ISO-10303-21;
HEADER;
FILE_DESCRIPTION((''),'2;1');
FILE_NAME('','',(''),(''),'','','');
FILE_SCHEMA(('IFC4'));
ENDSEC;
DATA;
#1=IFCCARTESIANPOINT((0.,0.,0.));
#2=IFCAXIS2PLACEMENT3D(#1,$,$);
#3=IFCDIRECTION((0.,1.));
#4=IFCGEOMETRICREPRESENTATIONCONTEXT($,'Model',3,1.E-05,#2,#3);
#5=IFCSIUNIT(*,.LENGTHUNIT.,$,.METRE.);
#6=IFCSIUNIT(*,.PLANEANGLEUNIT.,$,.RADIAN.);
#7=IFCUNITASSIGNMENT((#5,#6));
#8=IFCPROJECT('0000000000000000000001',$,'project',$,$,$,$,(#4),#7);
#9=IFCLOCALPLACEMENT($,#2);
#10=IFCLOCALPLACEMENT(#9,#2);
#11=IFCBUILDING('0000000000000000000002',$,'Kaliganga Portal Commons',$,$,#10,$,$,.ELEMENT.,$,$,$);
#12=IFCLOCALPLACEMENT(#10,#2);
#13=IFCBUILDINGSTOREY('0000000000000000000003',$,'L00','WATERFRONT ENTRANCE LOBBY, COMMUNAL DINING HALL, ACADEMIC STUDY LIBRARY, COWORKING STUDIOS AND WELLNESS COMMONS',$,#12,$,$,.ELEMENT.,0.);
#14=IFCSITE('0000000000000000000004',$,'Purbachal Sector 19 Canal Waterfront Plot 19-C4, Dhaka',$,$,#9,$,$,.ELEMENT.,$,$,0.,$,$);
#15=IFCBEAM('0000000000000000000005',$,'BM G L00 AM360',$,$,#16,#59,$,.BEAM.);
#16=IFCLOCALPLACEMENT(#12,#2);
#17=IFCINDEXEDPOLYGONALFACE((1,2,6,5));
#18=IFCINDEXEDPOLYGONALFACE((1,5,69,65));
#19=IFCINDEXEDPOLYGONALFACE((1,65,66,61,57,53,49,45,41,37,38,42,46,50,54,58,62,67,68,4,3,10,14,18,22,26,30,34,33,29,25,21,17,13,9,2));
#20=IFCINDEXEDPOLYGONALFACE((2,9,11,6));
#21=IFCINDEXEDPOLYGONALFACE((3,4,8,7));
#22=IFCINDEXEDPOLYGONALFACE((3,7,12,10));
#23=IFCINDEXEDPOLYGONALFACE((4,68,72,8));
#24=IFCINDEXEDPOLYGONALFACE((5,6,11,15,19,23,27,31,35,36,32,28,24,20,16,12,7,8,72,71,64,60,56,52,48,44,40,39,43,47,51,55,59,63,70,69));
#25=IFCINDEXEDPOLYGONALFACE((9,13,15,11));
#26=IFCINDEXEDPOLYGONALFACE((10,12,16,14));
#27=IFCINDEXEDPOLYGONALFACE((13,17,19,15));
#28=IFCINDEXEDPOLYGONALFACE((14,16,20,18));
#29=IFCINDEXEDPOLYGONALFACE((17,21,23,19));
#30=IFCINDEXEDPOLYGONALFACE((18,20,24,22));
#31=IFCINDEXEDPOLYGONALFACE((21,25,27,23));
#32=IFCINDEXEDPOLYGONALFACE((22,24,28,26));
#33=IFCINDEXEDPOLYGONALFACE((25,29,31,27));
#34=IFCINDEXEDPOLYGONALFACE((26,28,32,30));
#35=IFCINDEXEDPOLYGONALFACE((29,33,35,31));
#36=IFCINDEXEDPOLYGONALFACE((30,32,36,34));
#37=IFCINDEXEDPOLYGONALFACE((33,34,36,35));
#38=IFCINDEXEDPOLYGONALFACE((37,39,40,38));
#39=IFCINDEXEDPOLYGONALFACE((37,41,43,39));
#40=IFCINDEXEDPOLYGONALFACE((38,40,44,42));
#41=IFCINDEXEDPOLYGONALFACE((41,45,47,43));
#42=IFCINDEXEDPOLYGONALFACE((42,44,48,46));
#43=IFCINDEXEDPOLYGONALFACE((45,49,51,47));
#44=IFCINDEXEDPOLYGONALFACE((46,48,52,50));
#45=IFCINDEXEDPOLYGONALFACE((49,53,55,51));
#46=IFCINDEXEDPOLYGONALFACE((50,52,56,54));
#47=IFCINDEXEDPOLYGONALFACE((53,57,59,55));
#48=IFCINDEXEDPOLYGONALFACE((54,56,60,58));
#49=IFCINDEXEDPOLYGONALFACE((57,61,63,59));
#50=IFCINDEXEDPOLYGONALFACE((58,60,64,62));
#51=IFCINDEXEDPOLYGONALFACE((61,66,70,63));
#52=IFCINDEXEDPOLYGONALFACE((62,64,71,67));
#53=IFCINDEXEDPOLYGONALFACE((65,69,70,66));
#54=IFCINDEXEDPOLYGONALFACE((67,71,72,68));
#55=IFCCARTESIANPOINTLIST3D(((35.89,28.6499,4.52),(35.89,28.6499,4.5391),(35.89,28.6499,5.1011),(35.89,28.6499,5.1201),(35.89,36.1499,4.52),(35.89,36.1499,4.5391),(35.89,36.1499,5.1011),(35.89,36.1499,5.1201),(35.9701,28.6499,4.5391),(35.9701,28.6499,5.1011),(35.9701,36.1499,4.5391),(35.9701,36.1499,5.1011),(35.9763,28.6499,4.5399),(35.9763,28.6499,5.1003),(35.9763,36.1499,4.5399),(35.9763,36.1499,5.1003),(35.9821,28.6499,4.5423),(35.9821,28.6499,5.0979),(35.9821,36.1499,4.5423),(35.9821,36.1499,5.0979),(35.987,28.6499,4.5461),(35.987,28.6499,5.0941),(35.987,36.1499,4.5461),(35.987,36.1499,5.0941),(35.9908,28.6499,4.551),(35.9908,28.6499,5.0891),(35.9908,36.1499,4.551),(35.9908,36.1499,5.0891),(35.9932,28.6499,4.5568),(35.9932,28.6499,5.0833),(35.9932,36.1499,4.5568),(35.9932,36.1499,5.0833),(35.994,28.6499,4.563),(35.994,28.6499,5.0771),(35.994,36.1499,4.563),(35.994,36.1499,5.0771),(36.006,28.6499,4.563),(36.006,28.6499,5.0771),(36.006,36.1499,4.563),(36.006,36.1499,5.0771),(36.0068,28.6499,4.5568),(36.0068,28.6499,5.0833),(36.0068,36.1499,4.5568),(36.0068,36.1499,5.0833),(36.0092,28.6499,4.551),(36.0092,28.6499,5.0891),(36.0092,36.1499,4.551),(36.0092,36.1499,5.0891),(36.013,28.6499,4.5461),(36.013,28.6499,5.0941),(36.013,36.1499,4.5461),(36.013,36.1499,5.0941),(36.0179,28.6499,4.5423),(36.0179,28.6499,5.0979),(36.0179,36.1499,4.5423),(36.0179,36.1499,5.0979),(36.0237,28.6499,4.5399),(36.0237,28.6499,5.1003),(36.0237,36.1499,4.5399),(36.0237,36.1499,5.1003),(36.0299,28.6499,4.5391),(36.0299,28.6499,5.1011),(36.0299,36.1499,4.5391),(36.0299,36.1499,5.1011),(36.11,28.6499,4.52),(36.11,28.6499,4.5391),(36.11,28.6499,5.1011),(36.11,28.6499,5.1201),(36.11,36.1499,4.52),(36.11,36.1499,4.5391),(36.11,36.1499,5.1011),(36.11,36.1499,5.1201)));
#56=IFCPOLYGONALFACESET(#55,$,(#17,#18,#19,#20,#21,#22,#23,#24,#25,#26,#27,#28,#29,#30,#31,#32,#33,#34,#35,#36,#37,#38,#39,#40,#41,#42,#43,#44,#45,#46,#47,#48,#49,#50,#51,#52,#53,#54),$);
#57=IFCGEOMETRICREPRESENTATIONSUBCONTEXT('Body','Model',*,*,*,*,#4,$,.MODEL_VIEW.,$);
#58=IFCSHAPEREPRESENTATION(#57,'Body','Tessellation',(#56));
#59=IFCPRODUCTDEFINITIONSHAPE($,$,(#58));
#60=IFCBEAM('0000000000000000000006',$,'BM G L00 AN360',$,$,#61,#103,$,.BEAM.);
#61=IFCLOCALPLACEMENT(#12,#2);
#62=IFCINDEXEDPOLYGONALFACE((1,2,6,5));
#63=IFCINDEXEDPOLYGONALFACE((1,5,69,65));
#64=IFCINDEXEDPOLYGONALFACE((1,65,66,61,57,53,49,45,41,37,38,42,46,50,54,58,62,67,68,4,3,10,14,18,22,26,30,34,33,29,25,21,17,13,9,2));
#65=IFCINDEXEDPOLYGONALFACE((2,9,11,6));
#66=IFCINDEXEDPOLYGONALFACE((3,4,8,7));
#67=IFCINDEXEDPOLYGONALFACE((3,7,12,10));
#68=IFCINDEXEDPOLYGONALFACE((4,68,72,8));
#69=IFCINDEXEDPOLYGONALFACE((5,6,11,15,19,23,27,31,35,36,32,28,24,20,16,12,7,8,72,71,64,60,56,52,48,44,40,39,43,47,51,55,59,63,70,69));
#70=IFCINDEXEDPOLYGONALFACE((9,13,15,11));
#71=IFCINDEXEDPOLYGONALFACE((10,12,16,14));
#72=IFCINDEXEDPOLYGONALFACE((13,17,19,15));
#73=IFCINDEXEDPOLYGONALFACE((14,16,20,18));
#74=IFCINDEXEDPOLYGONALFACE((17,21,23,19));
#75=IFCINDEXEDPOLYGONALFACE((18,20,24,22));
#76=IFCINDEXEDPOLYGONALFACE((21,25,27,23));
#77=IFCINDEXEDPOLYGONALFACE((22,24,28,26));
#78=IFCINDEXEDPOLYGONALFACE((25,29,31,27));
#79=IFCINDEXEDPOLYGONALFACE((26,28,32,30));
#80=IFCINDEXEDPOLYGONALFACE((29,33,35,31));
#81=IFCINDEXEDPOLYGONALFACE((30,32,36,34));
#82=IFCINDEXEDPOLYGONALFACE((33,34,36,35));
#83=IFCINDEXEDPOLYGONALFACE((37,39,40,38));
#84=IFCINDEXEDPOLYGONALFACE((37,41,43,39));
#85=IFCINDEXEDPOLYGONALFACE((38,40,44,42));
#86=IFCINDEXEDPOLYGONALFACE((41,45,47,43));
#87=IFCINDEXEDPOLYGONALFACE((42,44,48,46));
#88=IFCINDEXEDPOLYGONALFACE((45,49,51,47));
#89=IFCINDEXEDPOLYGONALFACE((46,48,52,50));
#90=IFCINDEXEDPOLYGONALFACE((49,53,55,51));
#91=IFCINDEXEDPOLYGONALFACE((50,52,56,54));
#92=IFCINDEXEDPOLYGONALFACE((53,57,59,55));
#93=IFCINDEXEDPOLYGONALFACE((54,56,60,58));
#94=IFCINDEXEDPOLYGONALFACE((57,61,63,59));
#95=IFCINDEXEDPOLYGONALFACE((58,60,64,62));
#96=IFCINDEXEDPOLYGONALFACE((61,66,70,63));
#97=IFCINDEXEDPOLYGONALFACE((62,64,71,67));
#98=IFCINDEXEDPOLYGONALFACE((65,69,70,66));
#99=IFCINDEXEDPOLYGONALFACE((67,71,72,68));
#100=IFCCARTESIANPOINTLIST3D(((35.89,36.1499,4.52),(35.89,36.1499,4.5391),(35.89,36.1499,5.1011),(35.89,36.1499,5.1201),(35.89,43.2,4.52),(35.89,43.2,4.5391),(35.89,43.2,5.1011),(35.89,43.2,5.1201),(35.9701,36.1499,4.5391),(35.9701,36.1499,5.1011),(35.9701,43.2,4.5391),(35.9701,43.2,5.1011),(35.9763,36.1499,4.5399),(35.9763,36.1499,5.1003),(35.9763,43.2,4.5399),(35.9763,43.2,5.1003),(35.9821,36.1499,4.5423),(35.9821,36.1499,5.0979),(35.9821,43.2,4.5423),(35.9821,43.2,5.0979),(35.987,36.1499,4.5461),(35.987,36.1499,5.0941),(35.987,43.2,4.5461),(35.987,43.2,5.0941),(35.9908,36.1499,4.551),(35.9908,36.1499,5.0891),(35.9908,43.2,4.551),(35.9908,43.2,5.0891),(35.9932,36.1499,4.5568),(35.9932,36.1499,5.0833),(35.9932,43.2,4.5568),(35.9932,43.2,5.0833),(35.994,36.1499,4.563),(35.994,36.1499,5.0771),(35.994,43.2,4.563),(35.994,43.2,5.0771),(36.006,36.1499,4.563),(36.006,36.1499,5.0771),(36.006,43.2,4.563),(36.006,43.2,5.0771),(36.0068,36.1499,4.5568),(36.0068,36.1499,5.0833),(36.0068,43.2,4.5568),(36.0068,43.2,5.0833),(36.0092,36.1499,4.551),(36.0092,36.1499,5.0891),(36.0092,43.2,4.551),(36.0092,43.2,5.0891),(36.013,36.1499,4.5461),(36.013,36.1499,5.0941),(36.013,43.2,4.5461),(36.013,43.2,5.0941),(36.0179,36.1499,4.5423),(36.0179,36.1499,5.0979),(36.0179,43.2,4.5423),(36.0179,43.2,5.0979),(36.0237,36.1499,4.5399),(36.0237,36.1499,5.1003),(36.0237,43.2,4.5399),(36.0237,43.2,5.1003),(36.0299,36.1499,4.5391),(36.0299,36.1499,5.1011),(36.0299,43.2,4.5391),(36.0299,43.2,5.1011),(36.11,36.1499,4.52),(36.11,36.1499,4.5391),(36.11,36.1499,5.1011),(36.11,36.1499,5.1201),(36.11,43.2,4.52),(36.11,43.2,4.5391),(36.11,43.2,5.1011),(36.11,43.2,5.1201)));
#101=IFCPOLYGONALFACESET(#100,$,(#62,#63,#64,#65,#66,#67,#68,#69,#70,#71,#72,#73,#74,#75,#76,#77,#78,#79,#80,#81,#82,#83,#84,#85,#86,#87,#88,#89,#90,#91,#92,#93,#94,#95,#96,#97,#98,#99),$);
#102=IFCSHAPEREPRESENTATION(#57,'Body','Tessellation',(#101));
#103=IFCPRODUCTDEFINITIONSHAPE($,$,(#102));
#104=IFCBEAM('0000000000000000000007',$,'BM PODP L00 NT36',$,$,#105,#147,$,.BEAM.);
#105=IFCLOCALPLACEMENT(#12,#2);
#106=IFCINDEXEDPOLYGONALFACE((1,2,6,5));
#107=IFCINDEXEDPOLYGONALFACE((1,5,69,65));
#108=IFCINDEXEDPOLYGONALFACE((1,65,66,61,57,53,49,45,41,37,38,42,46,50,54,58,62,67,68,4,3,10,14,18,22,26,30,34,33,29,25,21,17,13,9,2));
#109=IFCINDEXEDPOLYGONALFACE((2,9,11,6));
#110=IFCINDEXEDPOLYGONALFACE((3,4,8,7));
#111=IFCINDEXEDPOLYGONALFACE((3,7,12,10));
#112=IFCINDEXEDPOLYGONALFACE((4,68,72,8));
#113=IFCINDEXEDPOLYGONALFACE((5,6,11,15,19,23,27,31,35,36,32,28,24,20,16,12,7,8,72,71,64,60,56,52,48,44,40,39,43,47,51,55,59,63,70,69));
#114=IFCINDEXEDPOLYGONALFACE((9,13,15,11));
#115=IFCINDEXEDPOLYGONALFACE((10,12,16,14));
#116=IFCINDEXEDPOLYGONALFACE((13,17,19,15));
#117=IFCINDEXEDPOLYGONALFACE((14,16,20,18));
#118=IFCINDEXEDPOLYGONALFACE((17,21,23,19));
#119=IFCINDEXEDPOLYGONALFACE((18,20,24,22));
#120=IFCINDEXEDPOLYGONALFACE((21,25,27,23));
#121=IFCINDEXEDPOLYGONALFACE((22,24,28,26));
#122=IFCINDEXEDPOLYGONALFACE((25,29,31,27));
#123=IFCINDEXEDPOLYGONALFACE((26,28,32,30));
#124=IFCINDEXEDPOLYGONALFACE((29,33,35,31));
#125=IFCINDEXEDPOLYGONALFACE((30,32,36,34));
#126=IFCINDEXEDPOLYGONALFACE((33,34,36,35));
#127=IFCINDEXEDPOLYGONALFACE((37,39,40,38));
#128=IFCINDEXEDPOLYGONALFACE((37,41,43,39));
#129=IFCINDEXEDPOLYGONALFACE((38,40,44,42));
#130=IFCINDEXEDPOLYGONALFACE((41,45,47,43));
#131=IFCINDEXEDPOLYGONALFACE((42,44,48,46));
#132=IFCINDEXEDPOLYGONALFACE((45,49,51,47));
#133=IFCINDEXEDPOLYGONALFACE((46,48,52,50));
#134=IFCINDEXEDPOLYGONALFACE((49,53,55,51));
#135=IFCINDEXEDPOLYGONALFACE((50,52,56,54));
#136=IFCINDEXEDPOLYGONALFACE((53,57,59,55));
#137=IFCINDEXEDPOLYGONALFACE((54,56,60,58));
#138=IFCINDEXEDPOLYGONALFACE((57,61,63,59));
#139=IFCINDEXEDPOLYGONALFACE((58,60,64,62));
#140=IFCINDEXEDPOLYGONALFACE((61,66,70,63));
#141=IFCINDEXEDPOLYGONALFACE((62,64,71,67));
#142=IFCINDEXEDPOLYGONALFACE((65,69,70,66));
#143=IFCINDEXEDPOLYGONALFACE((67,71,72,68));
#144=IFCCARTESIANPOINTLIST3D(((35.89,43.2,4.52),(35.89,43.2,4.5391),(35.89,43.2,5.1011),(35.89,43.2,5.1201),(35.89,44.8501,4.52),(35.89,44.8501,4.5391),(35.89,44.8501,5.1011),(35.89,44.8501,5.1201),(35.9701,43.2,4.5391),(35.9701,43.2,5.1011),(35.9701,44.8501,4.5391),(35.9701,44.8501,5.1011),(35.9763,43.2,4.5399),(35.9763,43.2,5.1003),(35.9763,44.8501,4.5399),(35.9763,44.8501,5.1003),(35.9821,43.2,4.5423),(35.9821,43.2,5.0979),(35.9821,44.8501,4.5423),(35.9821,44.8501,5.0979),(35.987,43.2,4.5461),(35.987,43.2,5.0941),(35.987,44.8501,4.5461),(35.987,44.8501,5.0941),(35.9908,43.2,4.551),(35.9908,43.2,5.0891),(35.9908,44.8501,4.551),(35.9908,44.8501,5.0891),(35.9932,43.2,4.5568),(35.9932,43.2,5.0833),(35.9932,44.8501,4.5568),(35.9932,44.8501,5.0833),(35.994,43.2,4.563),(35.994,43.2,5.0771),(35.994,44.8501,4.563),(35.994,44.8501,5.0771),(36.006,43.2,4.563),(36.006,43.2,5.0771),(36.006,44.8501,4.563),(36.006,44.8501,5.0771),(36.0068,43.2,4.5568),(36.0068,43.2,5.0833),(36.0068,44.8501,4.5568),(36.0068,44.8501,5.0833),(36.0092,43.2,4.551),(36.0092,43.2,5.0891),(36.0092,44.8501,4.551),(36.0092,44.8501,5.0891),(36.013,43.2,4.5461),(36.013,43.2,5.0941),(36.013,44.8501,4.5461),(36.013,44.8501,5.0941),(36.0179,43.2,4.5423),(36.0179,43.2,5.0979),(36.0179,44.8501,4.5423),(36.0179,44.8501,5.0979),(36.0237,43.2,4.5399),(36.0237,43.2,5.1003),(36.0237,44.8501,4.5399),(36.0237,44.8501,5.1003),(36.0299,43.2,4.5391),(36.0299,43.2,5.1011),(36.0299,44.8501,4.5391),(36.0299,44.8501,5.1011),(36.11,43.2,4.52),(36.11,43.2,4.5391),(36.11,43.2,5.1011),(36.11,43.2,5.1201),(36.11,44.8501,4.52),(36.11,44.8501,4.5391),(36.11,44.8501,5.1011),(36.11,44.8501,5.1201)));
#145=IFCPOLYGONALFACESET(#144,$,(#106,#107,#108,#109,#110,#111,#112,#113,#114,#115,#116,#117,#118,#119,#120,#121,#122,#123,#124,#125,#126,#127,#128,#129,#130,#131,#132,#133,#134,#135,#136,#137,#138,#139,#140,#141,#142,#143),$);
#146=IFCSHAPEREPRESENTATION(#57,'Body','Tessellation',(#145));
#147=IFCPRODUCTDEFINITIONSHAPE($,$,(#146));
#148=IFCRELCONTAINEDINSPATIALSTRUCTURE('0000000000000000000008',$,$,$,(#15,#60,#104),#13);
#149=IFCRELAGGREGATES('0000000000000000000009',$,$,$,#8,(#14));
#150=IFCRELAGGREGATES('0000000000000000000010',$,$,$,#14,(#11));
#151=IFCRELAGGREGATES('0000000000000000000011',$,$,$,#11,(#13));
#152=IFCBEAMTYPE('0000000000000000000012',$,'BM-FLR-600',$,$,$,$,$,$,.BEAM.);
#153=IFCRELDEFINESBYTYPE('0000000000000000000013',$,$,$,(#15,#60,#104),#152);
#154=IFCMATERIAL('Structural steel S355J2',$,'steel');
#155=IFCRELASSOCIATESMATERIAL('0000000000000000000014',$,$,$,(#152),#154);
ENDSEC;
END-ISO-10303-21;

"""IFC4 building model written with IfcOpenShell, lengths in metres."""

from ifc_helpers import new_model, si_unit, direction, frame, origin, origin_2d, place, context, subcontext, project, spatial, i_section, extrude, source, transform, mapped, material, material_profile, profile_set, type_object, element, save


model = new_model("IFC4")

# Units and contexts
model_context = context("Model", 3, precision=1e-05, world=origin(), true_north=direction((0.0, 1.0)))
body_context = subcontext(model_context, "Body", "Model", "MODEL_VIEW")
ifc_project = project(units=[si_unit("LENGTHUNIT", "METRE"), si_unit("PLANEANGLEUNIT", "RADIAN")], contexts=[model_context])

# Site, building, storey
site_placement = place(None, origin())
site = spatial("IfcSite", under=ifc_project, at=site_placement, Name="Purbachal Sector 19 Canal Waterfront Plot 19-C4, Dhaka", CompositionType="ELEMENT", RefElevation=0.0)
building_placement = place(site_placement, origin())
building = spatial("IfcBuilding", under=site, at=building_placement, Name="Kaliganga Portal Commons", CompositionType="ELEMENT")
storey_placement = place(building_placement, origin())
storey = spatial("IfcBuildingStorey", under=building, at=storey_placement, Name="L00", Description="WATERFRONT ENTRANCE LOBBY, COMMUNAL DINING HALL, ACADEMIC STUDY LIBRARY, COWORKING STUDIOS AND WELLNESS COMMONS", CompositionType="ELEMENT", Elevation=0.0)

# Beams
ifc_material_1 = material(Name="Structural steel S355J2", Category="steel")
ifc_material_profile_1 = material_profile(ifc_material_1, i_section(OverallWidth=0.22, OverallDepth=0.6001, WebThickness=0.012, FlangeThickness=0.019, FilletRadius=0.0239, at=origin_2d()), Name="IPE 600")
ifc_profile_set_1 = profile_set([ifc_material_profile_1], Name="Structural steel S355J2 wide-flange")
beam_type_1 = type_object("IfcBeamType", Name="BM-FLR-600", PredefinedType="BEAM", material=ifc_profile_set_1)
shared_shape_1 = source(origin(), body_context, "Body", "SweptSolid", [
    extrude(i_section(OverallWidth=0.22, OverallDepth=0.6001, WebThickness=0.012, FlangeThickness=0.019, FilletRadius=0.0239, at=origin_2d()), origin(), (0.0, 0.0, 1.0), 7.5),
])
beam_1_placement = place(storey_placement, frame((36.0, 28.6499, 4.8201), z_axis=(0.0, 1.0, 0.0), x_axis=(-1.0, 0.0, 0.0)))
element("IfcBeam", 1, at=beam_1_placement, inside=storey, type_object=beam_type_1, Name="BM G L00 AM360", PredefinedType="BEAM", context=body_context, shape_type="MappedRepresentation", body=[
    mapped(shared_shape_1, transform((0.0, 0.0, 0.0), x_axis=(1.0, 0.0, 0.0), y_axis=(0.0, 1.0, 0.0), z_axis=(0.0, 0.0, 1.0), scale=1.0)),
])
shared_shape_2 = source(origin(), body_context, "Body", "SweptSolid", [
    extrude(i_section(OverallWidth=0.22, OverallDepth=0.6001, WebThickness=0.012, FlangeThickness=0.019, FilletRadius=0.0239, at=origin_2d()), origin(), (0.0, 0.0, 1.0), 7.05),
])
beam_2_placement = place(storey_placement, frame((36.0, 36.1499, 4.8201), z_axis=(0.0, 1.0, 0.0), x_axis=(-1.0, 0.0, 0.0)))
element("IfcBeam", 2, at=beam_2_placement, inside=storey, type_object=beam_type_1, Name="BM G L00 AN360", PredefinedType="BEAM", context=body_context, shape_type="MappedRepresentation", body=[
    mapped(shared_shape_2, transform((0.0, 0.0, 0.0), x_axis=(1.0, 0.0, 0.0), y_axis=(0.0, 1.0, 0.0), z_axis=(0.0, 0.0, 1.0), scale=1.0)),
])
shared_shape_3 = source(origin(), body_context, "Body", "SweptSolid", [
    extrude(i_section(OverallWidth=0.22, OverallDepth=0.6001, WebThickness=0.012, FlangeThickness=0.019, FilletRadius=0.0239, at=origin_2d()), origin(), (0.0, 0.0, 1.0), 1.6501),
])
beam_3_placement = place(storey_placement, frame((36.0, 43.2, 4.8201), z_axis=(0.0, 1.0, 0.0), x_axis=(-1.0, 0.0, 0.0)))
element("IfcBeam", 3, at=beam_3_placement, inside=storey, type_object=beam_type_1, Name="BM PODP L00 NT36", PredefinedType="BEAM", context=body_context, shape_type="MappedRepresentation", body=[
    mapped(shared_shape_3, transform((0.0, 0.0, 0.0), x_axis=(1.0, 0.0, 0.0), y_axis=(0.0, 1.0, 0.0), z_axis=(0.0, 0.0, 1.0), scale=1.0)),
])

save(model, "model.ifc")
